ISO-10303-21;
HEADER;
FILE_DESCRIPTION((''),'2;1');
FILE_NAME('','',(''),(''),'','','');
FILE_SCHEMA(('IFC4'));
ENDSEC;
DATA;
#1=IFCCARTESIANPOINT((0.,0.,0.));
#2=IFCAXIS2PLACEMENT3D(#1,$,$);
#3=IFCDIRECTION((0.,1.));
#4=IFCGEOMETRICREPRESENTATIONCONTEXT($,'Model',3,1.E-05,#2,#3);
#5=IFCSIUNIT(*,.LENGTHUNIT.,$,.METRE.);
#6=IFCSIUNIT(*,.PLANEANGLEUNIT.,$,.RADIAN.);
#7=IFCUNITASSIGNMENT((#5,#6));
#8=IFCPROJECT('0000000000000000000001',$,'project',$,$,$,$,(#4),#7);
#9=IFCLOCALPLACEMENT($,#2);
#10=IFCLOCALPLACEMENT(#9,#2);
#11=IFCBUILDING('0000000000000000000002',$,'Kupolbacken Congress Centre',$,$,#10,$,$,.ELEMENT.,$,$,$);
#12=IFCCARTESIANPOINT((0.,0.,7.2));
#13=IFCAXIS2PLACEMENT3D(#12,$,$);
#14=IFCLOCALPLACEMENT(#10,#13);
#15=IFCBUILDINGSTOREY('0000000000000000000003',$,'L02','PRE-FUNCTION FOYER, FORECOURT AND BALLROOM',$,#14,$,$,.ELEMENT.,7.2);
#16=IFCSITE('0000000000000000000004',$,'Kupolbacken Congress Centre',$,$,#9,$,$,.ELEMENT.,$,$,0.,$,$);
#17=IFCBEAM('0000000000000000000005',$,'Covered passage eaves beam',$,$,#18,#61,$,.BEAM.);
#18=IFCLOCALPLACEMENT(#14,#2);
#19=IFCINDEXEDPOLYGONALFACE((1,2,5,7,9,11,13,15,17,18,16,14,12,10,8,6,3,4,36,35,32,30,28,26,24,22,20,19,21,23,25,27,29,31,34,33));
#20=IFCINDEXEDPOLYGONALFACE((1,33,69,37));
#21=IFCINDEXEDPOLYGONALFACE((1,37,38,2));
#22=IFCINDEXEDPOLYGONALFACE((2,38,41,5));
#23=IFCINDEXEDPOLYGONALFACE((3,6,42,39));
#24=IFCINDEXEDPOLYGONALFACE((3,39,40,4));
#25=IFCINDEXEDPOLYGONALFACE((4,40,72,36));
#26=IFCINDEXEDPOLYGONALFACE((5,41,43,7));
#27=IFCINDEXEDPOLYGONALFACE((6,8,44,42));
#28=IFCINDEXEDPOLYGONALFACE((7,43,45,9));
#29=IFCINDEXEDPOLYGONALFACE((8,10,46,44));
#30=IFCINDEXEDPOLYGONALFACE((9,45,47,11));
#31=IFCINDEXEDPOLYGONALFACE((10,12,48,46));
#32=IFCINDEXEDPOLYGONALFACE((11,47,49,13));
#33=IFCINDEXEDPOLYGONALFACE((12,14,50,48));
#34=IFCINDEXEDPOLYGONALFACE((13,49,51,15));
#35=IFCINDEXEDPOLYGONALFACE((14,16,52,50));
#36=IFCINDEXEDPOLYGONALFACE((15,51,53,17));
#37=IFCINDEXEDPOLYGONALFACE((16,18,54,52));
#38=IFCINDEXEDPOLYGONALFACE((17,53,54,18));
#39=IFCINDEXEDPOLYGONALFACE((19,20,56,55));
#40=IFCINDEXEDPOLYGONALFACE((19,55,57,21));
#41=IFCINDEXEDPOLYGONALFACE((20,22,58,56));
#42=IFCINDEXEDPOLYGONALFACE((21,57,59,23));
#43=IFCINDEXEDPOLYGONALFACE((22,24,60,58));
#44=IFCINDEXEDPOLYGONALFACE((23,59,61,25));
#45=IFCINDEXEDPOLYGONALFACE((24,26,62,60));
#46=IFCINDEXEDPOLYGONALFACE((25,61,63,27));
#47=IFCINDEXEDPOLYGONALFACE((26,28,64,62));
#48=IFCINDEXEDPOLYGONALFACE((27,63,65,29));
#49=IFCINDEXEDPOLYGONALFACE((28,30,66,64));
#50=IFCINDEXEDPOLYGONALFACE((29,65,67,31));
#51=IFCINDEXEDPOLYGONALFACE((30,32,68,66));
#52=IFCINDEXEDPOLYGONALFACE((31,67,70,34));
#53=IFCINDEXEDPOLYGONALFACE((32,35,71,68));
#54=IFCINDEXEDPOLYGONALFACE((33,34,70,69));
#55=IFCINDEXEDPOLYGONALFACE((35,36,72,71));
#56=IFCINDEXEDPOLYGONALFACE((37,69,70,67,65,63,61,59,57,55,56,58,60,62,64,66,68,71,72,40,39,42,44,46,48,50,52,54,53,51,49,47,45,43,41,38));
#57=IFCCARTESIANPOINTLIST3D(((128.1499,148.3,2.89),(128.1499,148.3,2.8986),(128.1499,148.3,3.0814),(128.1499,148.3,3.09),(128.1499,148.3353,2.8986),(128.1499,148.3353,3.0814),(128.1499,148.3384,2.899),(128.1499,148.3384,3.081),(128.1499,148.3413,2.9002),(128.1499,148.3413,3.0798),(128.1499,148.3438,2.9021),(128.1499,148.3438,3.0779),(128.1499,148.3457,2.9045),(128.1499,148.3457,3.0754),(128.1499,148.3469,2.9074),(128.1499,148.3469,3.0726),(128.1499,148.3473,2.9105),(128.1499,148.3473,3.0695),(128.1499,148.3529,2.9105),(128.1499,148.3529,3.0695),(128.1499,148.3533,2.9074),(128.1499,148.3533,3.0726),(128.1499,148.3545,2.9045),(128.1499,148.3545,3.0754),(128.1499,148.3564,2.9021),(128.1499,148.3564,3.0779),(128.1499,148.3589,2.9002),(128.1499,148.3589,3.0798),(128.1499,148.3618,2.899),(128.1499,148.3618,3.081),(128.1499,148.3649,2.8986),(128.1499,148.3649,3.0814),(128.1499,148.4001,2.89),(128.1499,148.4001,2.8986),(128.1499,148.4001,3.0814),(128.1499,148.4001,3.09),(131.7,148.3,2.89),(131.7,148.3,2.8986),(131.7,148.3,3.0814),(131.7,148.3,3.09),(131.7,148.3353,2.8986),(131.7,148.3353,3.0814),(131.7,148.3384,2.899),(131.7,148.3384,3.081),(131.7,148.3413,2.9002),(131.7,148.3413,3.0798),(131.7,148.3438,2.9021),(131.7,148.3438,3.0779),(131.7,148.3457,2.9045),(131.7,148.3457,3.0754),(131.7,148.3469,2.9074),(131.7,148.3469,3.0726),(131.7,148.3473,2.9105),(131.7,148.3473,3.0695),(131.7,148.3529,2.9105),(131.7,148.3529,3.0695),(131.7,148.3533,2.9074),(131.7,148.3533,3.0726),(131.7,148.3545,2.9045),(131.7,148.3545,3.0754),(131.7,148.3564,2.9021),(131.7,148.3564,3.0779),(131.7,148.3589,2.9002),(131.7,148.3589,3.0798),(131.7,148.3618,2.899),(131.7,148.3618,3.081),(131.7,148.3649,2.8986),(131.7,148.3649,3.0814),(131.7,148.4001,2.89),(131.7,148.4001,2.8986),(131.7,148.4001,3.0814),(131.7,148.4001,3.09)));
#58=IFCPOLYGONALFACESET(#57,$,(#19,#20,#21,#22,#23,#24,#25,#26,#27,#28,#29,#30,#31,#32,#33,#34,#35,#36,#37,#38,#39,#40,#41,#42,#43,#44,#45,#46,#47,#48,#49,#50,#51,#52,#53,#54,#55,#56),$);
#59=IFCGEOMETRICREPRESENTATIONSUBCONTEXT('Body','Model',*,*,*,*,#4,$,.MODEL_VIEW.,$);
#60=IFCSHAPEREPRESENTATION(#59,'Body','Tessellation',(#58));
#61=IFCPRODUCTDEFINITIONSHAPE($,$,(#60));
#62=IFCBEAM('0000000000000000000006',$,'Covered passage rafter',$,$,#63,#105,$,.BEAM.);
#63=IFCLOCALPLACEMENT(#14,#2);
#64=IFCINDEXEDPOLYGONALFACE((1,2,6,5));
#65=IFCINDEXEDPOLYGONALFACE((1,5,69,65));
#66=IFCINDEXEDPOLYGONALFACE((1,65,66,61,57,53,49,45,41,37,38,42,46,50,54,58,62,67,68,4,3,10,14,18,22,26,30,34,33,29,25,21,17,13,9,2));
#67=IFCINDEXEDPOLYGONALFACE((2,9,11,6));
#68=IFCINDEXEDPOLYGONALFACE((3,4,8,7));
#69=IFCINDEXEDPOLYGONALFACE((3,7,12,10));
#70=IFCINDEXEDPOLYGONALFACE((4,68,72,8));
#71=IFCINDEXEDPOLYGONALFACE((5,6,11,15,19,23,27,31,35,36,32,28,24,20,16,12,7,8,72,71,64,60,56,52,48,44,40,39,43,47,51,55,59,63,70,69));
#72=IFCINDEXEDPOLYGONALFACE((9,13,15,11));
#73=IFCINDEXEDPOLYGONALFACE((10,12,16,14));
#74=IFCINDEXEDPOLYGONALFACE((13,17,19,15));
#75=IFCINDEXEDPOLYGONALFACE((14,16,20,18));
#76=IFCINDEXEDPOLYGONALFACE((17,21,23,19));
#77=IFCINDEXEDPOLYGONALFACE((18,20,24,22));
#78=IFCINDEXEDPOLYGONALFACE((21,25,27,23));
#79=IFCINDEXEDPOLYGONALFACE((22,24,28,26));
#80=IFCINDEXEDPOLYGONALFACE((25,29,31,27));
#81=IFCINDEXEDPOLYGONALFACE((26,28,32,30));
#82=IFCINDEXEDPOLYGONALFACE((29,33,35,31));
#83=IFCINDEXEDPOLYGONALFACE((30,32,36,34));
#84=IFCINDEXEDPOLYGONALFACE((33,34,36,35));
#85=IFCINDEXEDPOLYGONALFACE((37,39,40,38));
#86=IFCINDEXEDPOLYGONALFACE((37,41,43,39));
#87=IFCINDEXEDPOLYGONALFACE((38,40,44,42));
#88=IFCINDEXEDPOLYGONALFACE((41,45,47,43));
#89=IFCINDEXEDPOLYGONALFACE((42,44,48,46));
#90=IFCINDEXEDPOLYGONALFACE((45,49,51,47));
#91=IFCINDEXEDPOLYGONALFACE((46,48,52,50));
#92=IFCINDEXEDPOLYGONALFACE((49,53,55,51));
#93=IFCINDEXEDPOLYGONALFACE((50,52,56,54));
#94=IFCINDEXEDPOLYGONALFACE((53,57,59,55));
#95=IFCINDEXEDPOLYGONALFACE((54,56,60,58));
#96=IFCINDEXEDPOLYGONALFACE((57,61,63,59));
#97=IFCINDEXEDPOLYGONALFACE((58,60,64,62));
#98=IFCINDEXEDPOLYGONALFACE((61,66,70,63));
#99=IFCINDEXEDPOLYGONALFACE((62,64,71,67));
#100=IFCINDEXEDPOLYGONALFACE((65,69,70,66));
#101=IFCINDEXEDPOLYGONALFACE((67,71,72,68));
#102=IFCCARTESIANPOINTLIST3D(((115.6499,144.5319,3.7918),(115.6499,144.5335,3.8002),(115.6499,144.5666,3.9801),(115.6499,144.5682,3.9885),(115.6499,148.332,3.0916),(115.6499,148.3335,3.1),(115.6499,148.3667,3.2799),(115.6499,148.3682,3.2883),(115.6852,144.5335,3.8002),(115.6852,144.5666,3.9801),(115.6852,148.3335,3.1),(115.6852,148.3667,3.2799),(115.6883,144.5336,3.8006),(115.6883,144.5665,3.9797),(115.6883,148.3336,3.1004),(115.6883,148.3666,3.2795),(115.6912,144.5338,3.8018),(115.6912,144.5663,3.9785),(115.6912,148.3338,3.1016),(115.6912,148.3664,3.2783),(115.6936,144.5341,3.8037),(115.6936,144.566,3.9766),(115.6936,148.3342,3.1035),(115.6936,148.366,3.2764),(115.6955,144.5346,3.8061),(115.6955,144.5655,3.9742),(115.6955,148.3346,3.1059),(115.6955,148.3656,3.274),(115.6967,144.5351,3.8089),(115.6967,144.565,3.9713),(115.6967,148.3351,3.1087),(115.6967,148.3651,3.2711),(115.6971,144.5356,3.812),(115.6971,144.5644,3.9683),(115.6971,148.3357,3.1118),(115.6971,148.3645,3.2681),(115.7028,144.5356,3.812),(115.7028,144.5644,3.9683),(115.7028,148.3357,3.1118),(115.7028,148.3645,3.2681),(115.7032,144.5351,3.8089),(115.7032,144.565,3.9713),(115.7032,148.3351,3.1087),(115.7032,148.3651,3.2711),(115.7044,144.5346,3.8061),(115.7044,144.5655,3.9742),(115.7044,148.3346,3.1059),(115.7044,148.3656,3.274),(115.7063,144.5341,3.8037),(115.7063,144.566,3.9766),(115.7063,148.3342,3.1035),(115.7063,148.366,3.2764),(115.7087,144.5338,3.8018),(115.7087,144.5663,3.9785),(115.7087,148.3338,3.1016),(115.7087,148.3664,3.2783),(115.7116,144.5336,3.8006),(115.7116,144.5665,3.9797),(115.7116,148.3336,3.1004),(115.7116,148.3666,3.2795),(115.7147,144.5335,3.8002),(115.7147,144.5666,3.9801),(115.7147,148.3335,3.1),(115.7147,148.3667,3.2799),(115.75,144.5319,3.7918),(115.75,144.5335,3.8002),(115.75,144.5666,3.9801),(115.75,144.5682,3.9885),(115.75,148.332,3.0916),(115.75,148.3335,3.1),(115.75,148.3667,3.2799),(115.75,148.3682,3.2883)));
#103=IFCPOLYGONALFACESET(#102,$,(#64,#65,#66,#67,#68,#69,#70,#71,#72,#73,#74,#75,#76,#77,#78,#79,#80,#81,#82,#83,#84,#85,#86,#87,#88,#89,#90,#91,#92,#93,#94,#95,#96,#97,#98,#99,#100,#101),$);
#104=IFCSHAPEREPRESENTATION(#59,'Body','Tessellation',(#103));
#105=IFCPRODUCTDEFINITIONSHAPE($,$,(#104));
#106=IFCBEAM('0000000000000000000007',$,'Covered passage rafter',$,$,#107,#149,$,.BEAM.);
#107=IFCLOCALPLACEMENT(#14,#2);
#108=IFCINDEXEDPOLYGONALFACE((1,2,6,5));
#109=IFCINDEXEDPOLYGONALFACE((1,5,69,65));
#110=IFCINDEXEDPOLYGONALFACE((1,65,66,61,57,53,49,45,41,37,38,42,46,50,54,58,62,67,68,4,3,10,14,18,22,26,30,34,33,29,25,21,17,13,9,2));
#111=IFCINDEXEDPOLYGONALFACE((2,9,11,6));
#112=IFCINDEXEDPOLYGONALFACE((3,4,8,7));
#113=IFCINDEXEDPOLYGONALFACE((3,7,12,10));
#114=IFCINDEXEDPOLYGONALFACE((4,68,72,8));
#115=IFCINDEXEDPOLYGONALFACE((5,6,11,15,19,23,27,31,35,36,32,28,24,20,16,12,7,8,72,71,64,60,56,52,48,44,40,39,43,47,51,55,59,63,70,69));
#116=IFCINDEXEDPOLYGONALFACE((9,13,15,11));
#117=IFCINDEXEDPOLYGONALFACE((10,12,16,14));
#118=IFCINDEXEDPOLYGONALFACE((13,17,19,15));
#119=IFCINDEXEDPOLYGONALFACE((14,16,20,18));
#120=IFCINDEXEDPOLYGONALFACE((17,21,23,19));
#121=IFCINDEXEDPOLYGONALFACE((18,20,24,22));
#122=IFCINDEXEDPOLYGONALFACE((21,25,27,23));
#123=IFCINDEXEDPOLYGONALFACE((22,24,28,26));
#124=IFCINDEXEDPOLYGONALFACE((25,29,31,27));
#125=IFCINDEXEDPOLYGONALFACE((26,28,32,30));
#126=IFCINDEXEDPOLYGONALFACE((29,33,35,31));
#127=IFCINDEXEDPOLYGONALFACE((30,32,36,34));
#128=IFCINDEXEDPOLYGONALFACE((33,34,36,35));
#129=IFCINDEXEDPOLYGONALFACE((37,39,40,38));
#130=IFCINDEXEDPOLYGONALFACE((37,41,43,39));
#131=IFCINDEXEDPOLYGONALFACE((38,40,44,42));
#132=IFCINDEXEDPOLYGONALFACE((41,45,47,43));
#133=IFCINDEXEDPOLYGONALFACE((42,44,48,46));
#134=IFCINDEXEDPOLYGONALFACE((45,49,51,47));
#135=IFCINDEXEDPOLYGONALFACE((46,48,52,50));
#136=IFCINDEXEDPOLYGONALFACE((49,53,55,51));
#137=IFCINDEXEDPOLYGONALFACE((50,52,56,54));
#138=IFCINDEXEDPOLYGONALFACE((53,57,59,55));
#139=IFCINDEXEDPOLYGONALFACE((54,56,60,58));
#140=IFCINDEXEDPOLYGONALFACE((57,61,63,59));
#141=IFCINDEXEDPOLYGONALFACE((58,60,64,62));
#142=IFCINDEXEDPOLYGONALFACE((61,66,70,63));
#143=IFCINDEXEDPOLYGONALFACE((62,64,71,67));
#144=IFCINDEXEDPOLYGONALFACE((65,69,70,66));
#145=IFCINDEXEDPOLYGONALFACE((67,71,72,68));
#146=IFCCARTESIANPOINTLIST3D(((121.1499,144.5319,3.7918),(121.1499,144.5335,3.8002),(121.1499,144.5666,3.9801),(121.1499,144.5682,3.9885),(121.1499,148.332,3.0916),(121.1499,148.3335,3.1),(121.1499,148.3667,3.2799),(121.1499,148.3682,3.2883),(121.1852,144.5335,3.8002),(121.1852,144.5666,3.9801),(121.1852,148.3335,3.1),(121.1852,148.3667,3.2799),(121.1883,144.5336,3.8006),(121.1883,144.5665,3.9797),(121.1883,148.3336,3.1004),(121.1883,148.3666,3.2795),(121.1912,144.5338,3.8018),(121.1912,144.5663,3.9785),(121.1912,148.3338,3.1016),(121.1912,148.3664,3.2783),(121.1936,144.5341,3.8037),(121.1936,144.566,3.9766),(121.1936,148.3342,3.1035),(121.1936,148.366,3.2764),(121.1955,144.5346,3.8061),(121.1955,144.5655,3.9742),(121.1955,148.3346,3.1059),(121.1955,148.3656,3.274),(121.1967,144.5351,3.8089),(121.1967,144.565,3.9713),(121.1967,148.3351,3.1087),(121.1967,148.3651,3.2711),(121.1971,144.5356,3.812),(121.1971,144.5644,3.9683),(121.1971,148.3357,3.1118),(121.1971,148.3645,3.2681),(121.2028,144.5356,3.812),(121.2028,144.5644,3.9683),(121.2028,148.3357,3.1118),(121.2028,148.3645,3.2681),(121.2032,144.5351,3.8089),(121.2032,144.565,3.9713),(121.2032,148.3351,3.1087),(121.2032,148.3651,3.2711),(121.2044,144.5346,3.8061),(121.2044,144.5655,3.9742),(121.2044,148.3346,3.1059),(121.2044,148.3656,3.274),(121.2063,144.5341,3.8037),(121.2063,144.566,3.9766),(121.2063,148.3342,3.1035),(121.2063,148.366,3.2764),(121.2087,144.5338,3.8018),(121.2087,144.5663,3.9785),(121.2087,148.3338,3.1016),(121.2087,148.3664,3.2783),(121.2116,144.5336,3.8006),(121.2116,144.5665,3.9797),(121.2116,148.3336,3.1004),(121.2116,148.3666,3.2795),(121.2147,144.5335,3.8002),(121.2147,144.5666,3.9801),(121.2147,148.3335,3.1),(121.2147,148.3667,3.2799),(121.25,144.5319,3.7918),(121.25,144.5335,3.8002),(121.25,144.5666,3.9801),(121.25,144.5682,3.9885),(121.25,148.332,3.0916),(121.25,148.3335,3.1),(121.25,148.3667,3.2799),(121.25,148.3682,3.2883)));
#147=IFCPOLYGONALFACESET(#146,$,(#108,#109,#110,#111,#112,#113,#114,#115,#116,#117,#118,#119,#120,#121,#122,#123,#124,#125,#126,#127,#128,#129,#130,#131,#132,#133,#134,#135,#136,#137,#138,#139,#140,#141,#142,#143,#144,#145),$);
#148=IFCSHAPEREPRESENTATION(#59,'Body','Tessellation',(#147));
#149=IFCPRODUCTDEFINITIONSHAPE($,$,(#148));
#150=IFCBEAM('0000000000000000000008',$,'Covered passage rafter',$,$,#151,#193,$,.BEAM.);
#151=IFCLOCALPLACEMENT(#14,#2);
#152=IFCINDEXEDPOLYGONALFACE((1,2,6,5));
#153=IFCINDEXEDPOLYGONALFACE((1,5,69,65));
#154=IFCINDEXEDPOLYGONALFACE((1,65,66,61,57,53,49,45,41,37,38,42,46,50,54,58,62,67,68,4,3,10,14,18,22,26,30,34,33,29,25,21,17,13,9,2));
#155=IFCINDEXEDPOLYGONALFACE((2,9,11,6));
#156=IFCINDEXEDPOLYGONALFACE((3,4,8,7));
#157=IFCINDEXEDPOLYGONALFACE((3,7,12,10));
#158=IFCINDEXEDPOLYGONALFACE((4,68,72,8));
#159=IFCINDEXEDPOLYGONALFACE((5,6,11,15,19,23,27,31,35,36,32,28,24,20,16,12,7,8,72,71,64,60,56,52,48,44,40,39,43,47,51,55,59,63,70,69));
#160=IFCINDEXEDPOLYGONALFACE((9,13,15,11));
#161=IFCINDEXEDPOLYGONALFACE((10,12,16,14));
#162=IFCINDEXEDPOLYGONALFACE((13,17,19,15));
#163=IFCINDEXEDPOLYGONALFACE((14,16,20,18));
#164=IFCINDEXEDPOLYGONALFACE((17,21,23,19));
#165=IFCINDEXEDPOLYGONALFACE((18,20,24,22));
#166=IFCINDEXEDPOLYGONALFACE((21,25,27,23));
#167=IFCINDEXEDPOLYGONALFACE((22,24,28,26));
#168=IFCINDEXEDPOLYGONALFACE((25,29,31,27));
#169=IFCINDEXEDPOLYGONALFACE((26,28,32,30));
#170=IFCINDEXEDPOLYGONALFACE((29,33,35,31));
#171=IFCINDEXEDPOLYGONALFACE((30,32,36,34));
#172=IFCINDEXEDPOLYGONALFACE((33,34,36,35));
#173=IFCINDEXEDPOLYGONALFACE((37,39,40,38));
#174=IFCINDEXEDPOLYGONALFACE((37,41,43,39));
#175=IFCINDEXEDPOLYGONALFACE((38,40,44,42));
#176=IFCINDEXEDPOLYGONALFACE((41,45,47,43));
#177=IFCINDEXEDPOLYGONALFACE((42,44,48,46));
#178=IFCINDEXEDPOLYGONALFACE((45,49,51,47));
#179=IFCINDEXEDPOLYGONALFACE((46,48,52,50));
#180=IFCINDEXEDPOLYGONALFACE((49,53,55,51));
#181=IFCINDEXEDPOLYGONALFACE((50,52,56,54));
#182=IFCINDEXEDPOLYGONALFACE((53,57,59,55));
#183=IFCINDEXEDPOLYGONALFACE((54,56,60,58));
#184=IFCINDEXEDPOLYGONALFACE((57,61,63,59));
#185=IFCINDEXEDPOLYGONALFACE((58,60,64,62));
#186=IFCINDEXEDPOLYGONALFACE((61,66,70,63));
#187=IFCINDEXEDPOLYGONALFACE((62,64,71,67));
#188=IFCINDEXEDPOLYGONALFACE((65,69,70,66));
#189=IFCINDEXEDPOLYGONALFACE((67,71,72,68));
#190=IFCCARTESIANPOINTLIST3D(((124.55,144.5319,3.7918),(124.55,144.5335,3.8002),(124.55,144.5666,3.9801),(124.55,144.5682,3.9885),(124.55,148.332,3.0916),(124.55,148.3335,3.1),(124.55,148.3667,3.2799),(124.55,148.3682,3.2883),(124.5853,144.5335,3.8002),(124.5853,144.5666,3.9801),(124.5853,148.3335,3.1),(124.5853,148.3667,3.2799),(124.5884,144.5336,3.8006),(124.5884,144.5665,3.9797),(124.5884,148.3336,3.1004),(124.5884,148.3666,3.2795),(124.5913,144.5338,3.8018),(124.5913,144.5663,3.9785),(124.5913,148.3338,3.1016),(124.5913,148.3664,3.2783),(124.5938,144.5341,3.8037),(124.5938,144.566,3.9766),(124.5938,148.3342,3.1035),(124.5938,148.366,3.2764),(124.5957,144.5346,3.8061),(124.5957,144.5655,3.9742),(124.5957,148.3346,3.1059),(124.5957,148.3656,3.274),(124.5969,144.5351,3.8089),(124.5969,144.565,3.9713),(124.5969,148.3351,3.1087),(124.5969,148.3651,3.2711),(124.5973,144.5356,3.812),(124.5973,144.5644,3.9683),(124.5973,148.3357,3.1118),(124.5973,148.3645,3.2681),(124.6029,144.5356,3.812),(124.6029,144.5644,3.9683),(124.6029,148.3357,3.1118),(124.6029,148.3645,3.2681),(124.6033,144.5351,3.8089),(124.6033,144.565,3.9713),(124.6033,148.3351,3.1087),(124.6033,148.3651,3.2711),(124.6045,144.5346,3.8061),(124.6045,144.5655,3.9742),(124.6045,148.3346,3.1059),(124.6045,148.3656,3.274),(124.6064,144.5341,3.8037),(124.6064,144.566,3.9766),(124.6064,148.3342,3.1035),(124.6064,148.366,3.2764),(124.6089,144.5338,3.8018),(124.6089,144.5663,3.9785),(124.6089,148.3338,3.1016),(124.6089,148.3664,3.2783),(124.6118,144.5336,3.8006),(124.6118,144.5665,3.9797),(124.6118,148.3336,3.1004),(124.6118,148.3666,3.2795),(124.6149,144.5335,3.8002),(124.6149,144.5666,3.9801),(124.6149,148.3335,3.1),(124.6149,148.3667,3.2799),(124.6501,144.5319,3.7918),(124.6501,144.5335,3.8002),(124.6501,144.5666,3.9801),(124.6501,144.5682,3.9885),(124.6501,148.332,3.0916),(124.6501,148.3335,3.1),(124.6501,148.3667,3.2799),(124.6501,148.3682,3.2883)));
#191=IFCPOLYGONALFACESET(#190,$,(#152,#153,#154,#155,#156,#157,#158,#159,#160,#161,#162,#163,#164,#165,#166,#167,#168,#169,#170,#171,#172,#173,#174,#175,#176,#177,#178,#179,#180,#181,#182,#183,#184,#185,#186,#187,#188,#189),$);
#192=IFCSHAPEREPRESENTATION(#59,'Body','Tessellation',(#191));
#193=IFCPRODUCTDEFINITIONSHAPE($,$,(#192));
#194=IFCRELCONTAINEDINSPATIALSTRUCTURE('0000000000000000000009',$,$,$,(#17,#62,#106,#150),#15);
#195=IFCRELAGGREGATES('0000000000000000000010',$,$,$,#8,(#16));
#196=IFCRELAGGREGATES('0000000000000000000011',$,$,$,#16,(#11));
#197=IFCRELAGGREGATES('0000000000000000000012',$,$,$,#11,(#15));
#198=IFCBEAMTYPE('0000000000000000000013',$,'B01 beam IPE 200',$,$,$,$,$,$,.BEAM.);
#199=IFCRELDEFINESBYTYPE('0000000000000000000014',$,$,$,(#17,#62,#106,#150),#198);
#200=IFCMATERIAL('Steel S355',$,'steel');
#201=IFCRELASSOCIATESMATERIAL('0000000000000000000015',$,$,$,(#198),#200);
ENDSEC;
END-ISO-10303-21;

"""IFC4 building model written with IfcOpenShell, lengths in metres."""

from ifc_helpers import new_model, si_unit, direction, frame, origin, origin_2d, place, context, subcontext, project, spatial, i_section, extrude, material, material_profile, profile_set, type_object, element, save


model = new_model("IFC4")

# Units and contexts
model_context = context("Model", 3, precision=1e-05, world=origin(), true_north=direction((0.0, 1.0)))
body_context = subcontext(model_context, "Body", "Model", "MODEL_VIEW")
ifc_project = project(units=[si_unit("LENGTHUNIT", "METRE"), si_unit("PLANEANGLEUNIT", "RADIAN")], contexts=[model_context])

# Site, building, storey
site_placement = place(None, origin())
site = spatial("IfcSite", under=ifc_project, at=site_placement, Name="Kupolbacken Congress Centre", CompositionType="ELEMENT", RefElevation=0.0)
building_placement = place(site_placement, origin())
building = spatial("IfcBuilding", under=site, at=building_placement, Name="Kupolbacken Congress Centre", CompositionType="ELEMENT")
storey_placement = place(building_placement, frame((0.0, 0.0, 7.2)))
storey = spatial("IfcBuildingStorey", under=building, at=storey_placement, Name="L02", Description="PRE-FUNCTION FOYER, FORECOURT AND BALLROOM", CompositionType="ELEMENT", Elevation=7.2)

# Beams
ifc_material_1 = material(Name="Steel S355", Category="steel")
ifc_material_profile_1 = material_profile(ifc_material_1, i_section(OverallWidth=0.1001, OverallDepth=0.2, WebThickness=0.0056, FlangeThickness=0.0085, FilletRadius=0.012, at=origin_2d()), Name="IPE 200")
ifc_profile_set_1 = profile_set([ifc_material_profile_1], Name="Steel S355")
beam_type_1 = type_object("IfcBeamType", Name="B01 beam IPE 200", PredefinedType="BEAM", material=ifc_profile_set_1)
for number, where, z_axis, x_axis, name in (
    (1, (128.1499, 148.3501, 2.99), (1.0, 0.0, 0.0), (0.0, 1.0, 0.0), "Covered passage eaves beam"),
):
    element("IfcBeam", number, at=place(storey_placement, frame(where, z_axis=z_axis, x_axis=x_axis)), inside=storey, type_object=beam_type_1, Name=name, PredefinedType="BEAM", context=body_context, shape_type="SweptSolid", body=[
        extrude(i_section(OverallWidth=0.1001, OverallDepth=0.2, WebThickness=0.0056, FlangeThickness=0.0085, FilletRadius=0.012, at=origin_2d()), origin(), (0.0, 0.0, 1.0), 3.55),
    ])
for number, where, z_axis, x_axis, name in (
    (2, (115.7, 144.55, 3.8901), (0.0, 0.983445, -0.181209), (-1.0, 0.0, 0.0), "Covered passage rafter"),
    (3, (121.2, 144.55, 3.8901), (0.0, 0.983445, -0.181209), (-1.0, 0.0, 0.0), "Covered passage rafter"),
    (4, (124.6001, 144.55, 3.8901), (0.0, 0.983445, -0.181209), (-1.0, 0.0, 0.0), "Covered passage rafter"),
):
    element("IfcBeam", number, at=place(storey_placement, frame(where, z_axis=z_axis, x_axis=x_axis)), inside=storey, type_object=beam_type_1, Name=name, PredefinedType="BEAM", context=body_context, shape_type="SweptSolid", body=[
        extrude(i_section(OverallWidth=0.1001, OverallDepth=0.2, WebThickness=0.0056, FlangeThickness=0.0085, FilletRadius=0.012, at=origin_2d()), origin(), (0.0, 0.0, 1.0), 3.864),
    ])

save(model, "model.ifc")
